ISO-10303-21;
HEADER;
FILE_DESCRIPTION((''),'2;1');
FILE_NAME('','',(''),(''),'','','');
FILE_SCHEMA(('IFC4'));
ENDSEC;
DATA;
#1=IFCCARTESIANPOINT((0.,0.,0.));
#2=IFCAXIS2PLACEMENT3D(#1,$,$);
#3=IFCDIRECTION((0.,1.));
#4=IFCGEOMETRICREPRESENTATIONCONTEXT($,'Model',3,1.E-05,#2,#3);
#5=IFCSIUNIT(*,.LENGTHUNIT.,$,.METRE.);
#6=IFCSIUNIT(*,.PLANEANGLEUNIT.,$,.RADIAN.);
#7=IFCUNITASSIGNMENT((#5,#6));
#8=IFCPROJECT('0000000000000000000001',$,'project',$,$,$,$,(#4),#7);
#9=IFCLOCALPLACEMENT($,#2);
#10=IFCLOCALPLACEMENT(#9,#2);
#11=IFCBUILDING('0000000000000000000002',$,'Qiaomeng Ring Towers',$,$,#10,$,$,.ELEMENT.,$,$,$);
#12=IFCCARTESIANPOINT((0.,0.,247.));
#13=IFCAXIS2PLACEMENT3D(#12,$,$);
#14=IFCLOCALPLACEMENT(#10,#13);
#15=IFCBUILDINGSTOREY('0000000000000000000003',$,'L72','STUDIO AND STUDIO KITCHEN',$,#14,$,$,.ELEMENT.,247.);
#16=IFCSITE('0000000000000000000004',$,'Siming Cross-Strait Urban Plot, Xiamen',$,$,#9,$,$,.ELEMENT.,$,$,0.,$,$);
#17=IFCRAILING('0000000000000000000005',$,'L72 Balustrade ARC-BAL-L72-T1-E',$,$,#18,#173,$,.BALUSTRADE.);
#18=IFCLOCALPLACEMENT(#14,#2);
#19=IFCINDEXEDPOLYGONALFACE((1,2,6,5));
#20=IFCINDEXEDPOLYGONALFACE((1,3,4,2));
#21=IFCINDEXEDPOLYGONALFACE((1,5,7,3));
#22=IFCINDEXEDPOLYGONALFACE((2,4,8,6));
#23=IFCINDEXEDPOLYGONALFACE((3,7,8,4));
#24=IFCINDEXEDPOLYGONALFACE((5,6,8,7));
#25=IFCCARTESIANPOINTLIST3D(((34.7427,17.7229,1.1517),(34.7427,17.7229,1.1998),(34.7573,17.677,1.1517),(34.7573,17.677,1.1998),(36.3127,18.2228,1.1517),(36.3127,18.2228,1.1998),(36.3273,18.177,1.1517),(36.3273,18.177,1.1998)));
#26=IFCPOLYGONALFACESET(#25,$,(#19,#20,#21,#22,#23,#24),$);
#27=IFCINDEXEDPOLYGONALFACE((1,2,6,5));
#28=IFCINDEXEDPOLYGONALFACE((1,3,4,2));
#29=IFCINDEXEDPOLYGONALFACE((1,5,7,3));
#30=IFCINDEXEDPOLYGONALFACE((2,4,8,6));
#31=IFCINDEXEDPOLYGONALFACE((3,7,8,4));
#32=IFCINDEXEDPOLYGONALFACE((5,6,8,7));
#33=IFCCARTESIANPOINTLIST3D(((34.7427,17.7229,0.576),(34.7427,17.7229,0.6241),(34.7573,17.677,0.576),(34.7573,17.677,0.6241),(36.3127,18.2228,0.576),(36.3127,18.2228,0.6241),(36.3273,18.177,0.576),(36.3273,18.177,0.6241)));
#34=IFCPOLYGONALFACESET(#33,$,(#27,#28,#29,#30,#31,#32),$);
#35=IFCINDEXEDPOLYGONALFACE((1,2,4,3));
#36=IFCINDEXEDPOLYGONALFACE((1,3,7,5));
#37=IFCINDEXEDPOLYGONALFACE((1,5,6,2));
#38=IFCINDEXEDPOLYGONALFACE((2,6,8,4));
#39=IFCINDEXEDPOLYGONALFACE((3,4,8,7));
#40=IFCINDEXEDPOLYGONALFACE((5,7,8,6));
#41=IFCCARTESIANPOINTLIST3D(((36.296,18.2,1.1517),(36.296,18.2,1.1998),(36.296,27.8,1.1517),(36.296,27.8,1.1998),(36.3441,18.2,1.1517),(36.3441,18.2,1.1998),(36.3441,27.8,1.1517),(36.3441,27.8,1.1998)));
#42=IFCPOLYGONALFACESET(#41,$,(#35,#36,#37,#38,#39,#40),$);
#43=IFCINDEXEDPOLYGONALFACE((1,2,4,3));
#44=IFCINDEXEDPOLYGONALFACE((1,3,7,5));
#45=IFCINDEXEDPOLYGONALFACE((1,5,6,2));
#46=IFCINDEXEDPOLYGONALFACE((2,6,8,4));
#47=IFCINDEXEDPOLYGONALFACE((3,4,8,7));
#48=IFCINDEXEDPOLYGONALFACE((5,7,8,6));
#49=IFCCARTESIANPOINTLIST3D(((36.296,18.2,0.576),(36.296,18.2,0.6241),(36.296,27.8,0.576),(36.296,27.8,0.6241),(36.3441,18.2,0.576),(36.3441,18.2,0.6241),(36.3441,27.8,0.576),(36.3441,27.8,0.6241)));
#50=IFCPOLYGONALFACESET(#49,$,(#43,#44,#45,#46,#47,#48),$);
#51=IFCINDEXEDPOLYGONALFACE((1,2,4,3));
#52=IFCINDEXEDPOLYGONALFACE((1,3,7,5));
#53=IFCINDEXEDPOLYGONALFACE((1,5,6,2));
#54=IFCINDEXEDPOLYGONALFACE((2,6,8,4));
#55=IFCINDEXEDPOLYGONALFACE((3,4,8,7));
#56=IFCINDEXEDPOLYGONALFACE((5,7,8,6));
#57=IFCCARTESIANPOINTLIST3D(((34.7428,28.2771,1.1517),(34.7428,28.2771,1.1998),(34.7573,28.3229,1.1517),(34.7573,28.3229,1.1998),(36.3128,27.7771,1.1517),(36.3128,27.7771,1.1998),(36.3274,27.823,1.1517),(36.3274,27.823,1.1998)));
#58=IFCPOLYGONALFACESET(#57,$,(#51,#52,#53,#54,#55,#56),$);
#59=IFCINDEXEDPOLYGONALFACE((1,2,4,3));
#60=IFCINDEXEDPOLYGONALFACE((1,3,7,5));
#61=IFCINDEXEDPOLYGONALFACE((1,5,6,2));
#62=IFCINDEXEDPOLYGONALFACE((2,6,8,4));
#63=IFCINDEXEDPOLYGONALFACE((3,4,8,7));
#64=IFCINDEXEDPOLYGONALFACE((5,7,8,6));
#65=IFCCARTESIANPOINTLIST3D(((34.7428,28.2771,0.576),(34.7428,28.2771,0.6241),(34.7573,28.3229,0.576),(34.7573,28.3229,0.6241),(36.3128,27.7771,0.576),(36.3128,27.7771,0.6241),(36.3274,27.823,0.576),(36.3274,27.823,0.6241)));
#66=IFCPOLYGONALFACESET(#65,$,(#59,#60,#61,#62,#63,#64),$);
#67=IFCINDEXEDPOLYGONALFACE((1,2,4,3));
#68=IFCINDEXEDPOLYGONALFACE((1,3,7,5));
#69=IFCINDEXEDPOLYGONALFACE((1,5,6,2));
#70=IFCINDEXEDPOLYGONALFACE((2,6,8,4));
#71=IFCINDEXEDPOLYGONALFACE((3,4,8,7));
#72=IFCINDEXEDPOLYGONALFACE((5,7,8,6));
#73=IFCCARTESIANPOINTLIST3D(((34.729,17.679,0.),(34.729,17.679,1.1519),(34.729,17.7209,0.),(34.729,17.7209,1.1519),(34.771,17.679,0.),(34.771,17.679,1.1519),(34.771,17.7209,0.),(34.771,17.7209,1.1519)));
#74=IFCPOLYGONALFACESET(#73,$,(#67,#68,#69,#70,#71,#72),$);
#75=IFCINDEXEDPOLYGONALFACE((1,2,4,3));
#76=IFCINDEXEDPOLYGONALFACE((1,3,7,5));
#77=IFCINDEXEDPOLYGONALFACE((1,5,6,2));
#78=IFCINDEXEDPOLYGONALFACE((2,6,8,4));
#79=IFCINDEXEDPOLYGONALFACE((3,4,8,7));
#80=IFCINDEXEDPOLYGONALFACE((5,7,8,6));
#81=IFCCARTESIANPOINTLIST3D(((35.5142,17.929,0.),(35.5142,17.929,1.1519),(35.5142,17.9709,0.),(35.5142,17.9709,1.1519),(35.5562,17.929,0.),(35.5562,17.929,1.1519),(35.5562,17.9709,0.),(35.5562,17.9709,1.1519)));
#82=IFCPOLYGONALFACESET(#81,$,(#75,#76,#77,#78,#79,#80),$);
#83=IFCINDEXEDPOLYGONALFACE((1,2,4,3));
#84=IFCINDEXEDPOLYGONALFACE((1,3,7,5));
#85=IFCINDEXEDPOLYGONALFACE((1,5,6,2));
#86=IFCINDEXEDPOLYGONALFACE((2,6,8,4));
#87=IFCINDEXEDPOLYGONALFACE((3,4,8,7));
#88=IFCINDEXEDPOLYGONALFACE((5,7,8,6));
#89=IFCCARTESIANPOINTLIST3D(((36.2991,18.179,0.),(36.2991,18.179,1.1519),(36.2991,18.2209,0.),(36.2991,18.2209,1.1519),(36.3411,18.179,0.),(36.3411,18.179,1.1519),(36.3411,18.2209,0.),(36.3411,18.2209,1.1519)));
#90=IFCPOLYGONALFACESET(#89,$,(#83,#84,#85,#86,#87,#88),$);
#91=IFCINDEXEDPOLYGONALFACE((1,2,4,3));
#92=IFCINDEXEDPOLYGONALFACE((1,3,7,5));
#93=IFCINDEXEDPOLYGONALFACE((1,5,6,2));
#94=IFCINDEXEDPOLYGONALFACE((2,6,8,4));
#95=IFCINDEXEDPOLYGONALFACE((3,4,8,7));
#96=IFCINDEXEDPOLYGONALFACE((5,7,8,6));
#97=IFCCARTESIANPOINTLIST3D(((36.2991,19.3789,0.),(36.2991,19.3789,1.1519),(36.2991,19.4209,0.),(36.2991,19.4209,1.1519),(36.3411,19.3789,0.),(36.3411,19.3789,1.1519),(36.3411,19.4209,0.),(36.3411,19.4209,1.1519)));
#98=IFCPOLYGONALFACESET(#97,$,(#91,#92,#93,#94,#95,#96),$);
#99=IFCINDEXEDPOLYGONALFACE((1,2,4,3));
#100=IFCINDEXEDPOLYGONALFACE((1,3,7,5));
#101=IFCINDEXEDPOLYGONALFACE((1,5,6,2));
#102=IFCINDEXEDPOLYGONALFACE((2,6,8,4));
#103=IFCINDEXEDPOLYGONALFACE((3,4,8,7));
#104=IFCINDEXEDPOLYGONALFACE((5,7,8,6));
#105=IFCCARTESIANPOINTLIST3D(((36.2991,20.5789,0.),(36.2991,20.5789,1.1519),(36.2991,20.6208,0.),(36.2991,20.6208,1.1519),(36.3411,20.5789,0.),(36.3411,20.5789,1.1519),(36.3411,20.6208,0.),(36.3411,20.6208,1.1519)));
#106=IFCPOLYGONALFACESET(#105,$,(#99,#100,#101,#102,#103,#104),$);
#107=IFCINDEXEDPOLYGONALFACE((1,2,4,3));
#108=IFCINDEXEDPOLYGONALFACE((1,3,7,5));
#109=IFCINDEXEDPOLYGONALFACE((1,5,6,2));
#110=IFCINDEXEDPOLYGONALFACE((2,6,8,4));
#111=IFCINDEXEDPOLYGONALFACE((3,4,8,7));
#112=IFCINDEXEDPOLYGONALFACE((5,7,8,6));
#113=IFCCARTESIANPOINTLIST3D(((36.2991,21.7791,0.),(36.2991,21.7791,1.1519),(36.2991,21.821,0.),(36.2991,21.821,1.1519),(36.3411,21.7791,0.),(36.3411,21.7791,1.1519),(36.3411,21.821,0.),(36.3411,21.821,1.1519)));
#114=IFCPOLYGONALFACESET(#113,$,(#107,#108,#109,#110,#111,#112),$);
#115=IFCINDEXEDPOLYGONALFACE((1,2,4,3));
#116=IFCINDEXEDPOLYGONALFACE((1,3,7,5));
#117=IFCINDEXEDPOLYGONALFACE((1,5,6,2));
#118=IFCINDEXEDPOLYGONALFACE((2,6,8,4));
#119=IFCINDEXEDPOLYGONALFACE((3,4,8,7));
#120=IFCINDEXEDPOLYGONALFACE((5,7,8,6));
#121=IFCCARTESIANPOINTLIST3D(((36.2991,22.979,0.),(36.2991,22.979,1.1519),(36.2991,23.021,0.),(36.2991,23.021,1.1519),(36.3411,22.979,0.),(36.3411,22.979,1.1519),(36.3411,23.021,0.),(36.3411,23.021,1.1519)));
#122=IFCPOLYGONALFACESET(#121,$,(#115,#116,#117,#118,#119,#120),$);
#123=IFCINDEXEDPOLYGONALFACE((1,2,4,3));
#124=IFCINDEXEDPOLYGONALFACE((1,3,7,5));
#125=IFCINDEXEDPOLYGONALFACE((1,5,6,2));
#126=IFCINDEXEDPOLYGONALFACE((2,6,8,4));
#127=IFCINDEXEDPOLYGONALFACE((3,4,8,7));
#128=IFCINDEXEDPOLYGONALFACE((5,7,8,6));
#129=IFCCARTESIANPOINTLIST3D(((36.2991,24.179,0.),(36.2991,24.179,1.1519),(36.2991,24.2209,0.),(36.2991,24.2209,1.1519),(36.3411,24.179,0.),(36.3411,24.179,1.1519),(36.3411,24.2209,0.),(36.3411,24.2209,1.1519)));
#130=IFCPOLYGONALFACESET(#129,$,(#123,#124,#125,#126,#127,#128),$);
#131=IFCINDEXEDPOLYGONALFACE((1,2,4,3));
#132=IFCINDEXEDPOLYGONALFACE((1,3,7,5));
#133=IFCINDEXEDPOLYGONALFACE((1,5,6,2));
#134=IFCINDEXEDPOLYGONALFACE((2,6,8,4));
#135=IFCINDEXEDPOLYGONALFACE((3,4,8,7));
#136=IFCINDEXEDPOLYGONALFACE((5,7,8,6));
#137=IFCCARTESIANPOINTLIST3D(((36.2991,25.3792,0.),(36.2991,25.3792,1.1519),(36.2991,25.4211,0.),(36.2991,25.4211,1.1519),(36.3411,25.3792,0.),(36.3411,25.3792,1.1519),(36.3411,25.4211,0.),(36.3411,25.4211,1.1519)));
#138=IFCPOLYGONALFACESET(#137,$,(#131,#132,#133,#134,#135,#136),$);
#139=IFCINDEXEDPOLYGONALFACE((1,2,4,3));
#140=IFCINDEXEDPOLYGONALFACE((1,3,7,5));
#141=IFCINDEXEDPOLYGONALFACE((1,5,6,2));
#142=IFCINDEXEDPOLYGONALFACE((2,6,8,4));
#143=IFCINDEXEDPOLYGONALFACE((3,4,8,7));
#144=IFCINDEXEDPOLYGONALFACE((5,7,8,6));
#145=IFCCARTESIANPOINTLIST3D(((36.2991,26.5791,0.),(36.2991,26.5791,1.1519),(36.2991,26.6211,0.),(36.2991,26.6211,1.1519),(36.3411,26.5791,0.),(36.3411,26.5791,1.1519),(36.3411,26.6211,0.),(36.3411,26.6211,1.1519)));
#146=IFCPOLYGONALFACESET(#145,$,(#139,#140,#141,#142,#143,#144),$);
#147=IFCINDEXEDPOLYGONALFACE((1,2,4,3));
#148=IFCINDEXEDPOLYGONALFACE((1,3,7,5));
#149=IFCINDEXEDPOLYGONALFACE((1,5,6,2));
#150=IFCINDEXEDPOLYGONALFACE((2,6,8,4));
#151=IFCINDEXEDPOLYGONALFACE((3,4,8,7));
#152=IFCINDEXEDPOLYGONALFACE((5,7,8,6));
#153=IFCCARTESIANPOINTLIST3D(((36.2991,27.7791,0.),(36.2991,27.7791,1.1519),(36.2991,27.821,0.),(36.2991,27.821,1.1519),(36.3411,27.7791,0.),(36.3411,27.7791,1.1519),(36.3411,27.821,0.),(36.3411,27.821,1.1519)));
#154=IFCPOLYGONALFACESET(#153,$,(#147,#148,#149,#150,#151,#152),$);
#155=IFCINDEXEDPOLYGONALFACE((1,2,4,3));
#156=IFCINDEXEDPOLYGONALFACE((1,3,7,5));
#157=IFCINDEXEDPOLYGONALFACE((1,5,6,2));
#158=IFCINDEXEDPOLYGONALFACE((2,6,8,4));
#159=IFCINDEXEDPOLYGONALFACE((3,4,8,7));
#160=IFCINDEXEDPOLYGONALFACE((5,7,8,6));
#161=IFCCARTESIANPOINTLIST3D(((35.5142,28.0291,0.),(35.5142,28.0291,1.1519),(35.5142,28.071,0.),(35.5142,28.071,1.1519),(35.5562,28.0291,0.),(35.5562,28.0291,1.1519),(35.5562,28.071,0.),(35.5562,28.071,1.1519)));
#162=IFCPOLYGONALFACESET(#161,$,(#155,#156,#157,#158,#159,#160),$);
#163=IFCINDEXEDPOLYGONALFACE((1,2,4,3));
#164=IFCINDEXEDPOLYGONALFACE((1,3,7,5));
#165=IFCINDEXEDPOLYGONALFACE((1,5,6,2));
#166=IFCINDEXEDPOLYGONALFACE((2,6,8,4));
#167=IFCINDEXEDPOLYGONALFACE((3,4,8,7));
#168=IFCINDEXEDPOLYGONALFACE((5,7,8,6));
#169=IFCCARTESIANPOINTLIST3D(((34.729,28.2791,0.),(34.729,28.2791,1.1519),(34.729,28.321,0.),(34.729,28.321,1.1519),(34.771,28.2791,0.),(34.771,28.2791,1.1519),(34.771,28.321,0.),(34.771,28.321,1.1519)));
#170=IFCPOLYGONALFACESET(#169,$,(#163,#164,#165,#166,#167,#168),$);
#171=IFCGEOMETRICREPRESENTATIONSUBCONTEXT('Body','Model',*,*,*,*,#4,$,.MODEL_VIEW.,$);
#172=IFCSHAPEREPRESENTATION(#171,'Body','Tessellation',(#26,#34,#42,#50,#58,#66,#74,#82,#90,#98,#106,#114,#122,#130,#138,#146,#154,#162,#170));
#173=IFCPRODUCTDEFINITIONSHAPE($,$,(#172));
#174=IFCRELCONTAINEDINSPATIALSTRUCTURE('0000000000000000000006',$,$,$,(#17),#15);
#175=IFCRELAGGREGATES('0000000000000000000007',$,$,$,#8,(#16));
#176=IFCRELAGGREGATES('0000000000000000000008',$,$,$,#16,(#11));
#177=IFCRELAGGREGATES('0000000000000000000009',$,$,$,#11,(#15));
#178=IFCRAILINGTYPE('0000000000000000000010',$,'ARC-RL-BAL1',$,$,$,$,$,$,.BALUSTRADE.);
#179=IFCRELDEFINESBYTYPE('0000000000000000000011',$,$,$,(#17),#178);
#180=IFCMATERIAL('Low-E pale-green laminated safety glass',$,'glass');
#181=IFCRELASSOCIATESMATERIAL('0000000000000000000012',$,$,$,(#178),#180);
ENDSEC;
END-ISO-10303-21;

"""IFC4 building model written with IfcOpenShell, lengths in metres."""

from ifc_helpers import new_model, si_unit, direction, frame, origin, origin_2d, place, context, subcontext, project, spatial, rectangle, extrude, material, type_object, element, save


model = new_model("IFC4")

# Units and contexts
model_context = context("Model", 3, precision=1e-05, world=origin(), true_north=direction((0.0, 1.0)))
body_context = subcontext(model_context, "Body", "Model", "MODEL_VIEW")
ifc_project = project(units=[si_unit("LENGTHUNIT", "METRE"), si_unit("PLANEANGLEUNIT", "RADIAN")], contexts=[model_context])

# Site, building, storey
site_placement = place(None, origin())
site = spatial("IfcSite", under=ifc_project, at=site_placement, Name="Siming Cross-Strait Urban Plot, Xiamen", CompositionType="ELEMENT", RefElevation=0.0)
building_placement = place(site_placement, origin())
building = spatial("IfcBuilding", under=site, at=building_placement, Name="Qiaomeng Ring Towers", CompositionType="ELEMENT")
storey_placement = place(building_placement, frame((0.0, 0.0, 247.0)))
storey = spatial("IfcBuildingStorey", under=building, at=storey_placement, Name="L72", Description="STUDIO AND STUDIO KITCHEN", CompositionType="ELEMENT", Elevation=247.0)

# Railing
ifc_material_1 = material(Name="Low-E pale-green laminated safety glass", Category="glass")
railing_type = type_object("IfcRailingType", Name="ARC-RL-BAL1", PredefinedType="BALUSTRADE", material=ifc_material_1)
railing_placement = place(storey_placement, frame((34.75, 17.7, 0.0)))
element("IfcRailing", 1, at=railing_placement, inside=storey, type_object=railing_type, Name="L72 Balustrade ARC-BAL-L72-T1-E", PredefinedType="BALUSTRADE", context=body_context, shape_type="SweptSolid", body=[
    extrude(rectangle(XDim=0.0481, YDim=0.0481, at=origin_2d()), frame((0.0, 0.0, 1.1758), z_axis=(0.95285, 0.303442, 0.0), x_axis=(-0.303442, 0.95285, 0.0)), (0.0, 0.0, 1.0), 1.6477),
    extrude(rectangle(XDim=0.0481, YDim=0.0481, at=origin_2d()), frame((0.0, 0.0, 0.6001), z_axis=(0.95285, 0.303442, 0.0), x_axis=(-0.303442, 0.95285, 0.0)), (0.0, 0.0, 1.0), 1.6477),
    extrude(rectangle(XDim=0.0481, YDim=0.0481, at=origin_2d()), frame((1.5701, 0.5, 1.1758), z_axis=(0.0, 1.0, 0.0), x_axis=(-1.0, 0.0, 0.0)), (0.0, 0.0, 1.0), 9.6001),
    extrude(rectangle(XDim=0.0481, YDim=0.0481, at=origin_2d()), frame((1.5701, 0.5, 0.6001), z_axis=(0.0, 1.0, 0.0), x_axis=(-1.0, 0.0, 0.0)), (0.0, 0.0, 1.0), 9.6001),
    extrude(rectangle(XDim=0.0481, YDim=0.0481, at=origin_2d()), frame((1.5701, 10.1001, 1.1758), z_axis=(-0.95285, 0.303442, 0.0), x_axis=(-0.303442, -0.95285, 0.0)), (0.0, 0.0, 1.0), 1.6477),
    extrude(rectangle(XDim=0.0481, YDim=0.0481, at=origin_2d()), frame((1.5701, 10.1001, 0.6001), z_axis=(-0.95285, 0.303442, 0.0), x_axis=(-0.303442, -0.95285, 0.0)), (0.0, 0.0, 1.0), 1.6477),
    extrude(rectangle(XDim=0.042, YDim=0.042, at=origin_2d()), origin(), (0.0, 0.0, 1.0), 1.1519),
    extrude(rectangle(XDim=0.042, YDim=0.042, at=origin_2d()), frame((0.7852, 0.25, 0.0)), (0.0, 0.0, 1.0), 1.1519),
    extrude(rectangle(XDim=0.042, YDim=0.042, at=origin_2d()), frame((1.5701, 0.5, 0.0)), (0.0, 0.0, 1.0), 1.1519),
    extrude(rectangle(XDim=0.042, YDim=0.042, at=origin_2d()), frame((1.5701, 1.7, 0.0)), (0.0, 0.0, 1.0), 1.1519),
    extrude(rectangle(XDim=0.042, YDim=0.042, at=origin_2d()), frame((1.5701, 2.8999, 0.0)), (0.0, 0.0, 1.0), 1.1519),
    extrude(rectangle(XDim=0.042, YDim=0.042, at=origin_2d()), frame((1.5701, 4.1001, 0.0)), (0.0, 0.0, 1.0), 1.1519),
    extrude(rectangle(XDim=0.042, YDim=0.042, at=origin_2d()), frame((1.5701, 5.3, 0.0)), (0.0, 0.0, 1.0), 1.1519),
    extrude(rectangle(XDim=0.042, YDim=0.042, at=origin_2d()), frame((1.5701, 6.5, 0.0)), (0.0, 0.0, 1.0), 1.1519),
    extrude(rectangle(XDim=0.042, YDim=0.042, at=origin_2d()), frame((1.5701, 7.7002, 0.0)), (0.0, 0.0, 1.0), 1.1519),
    extrude(rectangle(XDim=0.042, YDim=0.042, at=origin_2d()), frame((1.5701, 8.9001, 0.0)), (0.0, 0.0, 1.0), 1.1519),
    extrude(rectangle(XDim=0.042, YDim=0.042, at=origin_2d()), frame((1.5701, 10.1001, 0.0)), (0.0, 0.0, 1.0), 1.1519),
    extrude(rectangle(XDim=0.042, YDim=0.042, at=origin_2d()), frame((0.7852, 10.3501, 0.0)), (0.0, 0.0, 1.0), 1.1519),
    extrude(rectangle(XDim=0.042, YDim=0.042, at=origin_2d()), frame((0.0, 10.6001, 0.0)), (0.0, 0.0, 1.0), 1.1519),
])

save(model, "model.ifc")
